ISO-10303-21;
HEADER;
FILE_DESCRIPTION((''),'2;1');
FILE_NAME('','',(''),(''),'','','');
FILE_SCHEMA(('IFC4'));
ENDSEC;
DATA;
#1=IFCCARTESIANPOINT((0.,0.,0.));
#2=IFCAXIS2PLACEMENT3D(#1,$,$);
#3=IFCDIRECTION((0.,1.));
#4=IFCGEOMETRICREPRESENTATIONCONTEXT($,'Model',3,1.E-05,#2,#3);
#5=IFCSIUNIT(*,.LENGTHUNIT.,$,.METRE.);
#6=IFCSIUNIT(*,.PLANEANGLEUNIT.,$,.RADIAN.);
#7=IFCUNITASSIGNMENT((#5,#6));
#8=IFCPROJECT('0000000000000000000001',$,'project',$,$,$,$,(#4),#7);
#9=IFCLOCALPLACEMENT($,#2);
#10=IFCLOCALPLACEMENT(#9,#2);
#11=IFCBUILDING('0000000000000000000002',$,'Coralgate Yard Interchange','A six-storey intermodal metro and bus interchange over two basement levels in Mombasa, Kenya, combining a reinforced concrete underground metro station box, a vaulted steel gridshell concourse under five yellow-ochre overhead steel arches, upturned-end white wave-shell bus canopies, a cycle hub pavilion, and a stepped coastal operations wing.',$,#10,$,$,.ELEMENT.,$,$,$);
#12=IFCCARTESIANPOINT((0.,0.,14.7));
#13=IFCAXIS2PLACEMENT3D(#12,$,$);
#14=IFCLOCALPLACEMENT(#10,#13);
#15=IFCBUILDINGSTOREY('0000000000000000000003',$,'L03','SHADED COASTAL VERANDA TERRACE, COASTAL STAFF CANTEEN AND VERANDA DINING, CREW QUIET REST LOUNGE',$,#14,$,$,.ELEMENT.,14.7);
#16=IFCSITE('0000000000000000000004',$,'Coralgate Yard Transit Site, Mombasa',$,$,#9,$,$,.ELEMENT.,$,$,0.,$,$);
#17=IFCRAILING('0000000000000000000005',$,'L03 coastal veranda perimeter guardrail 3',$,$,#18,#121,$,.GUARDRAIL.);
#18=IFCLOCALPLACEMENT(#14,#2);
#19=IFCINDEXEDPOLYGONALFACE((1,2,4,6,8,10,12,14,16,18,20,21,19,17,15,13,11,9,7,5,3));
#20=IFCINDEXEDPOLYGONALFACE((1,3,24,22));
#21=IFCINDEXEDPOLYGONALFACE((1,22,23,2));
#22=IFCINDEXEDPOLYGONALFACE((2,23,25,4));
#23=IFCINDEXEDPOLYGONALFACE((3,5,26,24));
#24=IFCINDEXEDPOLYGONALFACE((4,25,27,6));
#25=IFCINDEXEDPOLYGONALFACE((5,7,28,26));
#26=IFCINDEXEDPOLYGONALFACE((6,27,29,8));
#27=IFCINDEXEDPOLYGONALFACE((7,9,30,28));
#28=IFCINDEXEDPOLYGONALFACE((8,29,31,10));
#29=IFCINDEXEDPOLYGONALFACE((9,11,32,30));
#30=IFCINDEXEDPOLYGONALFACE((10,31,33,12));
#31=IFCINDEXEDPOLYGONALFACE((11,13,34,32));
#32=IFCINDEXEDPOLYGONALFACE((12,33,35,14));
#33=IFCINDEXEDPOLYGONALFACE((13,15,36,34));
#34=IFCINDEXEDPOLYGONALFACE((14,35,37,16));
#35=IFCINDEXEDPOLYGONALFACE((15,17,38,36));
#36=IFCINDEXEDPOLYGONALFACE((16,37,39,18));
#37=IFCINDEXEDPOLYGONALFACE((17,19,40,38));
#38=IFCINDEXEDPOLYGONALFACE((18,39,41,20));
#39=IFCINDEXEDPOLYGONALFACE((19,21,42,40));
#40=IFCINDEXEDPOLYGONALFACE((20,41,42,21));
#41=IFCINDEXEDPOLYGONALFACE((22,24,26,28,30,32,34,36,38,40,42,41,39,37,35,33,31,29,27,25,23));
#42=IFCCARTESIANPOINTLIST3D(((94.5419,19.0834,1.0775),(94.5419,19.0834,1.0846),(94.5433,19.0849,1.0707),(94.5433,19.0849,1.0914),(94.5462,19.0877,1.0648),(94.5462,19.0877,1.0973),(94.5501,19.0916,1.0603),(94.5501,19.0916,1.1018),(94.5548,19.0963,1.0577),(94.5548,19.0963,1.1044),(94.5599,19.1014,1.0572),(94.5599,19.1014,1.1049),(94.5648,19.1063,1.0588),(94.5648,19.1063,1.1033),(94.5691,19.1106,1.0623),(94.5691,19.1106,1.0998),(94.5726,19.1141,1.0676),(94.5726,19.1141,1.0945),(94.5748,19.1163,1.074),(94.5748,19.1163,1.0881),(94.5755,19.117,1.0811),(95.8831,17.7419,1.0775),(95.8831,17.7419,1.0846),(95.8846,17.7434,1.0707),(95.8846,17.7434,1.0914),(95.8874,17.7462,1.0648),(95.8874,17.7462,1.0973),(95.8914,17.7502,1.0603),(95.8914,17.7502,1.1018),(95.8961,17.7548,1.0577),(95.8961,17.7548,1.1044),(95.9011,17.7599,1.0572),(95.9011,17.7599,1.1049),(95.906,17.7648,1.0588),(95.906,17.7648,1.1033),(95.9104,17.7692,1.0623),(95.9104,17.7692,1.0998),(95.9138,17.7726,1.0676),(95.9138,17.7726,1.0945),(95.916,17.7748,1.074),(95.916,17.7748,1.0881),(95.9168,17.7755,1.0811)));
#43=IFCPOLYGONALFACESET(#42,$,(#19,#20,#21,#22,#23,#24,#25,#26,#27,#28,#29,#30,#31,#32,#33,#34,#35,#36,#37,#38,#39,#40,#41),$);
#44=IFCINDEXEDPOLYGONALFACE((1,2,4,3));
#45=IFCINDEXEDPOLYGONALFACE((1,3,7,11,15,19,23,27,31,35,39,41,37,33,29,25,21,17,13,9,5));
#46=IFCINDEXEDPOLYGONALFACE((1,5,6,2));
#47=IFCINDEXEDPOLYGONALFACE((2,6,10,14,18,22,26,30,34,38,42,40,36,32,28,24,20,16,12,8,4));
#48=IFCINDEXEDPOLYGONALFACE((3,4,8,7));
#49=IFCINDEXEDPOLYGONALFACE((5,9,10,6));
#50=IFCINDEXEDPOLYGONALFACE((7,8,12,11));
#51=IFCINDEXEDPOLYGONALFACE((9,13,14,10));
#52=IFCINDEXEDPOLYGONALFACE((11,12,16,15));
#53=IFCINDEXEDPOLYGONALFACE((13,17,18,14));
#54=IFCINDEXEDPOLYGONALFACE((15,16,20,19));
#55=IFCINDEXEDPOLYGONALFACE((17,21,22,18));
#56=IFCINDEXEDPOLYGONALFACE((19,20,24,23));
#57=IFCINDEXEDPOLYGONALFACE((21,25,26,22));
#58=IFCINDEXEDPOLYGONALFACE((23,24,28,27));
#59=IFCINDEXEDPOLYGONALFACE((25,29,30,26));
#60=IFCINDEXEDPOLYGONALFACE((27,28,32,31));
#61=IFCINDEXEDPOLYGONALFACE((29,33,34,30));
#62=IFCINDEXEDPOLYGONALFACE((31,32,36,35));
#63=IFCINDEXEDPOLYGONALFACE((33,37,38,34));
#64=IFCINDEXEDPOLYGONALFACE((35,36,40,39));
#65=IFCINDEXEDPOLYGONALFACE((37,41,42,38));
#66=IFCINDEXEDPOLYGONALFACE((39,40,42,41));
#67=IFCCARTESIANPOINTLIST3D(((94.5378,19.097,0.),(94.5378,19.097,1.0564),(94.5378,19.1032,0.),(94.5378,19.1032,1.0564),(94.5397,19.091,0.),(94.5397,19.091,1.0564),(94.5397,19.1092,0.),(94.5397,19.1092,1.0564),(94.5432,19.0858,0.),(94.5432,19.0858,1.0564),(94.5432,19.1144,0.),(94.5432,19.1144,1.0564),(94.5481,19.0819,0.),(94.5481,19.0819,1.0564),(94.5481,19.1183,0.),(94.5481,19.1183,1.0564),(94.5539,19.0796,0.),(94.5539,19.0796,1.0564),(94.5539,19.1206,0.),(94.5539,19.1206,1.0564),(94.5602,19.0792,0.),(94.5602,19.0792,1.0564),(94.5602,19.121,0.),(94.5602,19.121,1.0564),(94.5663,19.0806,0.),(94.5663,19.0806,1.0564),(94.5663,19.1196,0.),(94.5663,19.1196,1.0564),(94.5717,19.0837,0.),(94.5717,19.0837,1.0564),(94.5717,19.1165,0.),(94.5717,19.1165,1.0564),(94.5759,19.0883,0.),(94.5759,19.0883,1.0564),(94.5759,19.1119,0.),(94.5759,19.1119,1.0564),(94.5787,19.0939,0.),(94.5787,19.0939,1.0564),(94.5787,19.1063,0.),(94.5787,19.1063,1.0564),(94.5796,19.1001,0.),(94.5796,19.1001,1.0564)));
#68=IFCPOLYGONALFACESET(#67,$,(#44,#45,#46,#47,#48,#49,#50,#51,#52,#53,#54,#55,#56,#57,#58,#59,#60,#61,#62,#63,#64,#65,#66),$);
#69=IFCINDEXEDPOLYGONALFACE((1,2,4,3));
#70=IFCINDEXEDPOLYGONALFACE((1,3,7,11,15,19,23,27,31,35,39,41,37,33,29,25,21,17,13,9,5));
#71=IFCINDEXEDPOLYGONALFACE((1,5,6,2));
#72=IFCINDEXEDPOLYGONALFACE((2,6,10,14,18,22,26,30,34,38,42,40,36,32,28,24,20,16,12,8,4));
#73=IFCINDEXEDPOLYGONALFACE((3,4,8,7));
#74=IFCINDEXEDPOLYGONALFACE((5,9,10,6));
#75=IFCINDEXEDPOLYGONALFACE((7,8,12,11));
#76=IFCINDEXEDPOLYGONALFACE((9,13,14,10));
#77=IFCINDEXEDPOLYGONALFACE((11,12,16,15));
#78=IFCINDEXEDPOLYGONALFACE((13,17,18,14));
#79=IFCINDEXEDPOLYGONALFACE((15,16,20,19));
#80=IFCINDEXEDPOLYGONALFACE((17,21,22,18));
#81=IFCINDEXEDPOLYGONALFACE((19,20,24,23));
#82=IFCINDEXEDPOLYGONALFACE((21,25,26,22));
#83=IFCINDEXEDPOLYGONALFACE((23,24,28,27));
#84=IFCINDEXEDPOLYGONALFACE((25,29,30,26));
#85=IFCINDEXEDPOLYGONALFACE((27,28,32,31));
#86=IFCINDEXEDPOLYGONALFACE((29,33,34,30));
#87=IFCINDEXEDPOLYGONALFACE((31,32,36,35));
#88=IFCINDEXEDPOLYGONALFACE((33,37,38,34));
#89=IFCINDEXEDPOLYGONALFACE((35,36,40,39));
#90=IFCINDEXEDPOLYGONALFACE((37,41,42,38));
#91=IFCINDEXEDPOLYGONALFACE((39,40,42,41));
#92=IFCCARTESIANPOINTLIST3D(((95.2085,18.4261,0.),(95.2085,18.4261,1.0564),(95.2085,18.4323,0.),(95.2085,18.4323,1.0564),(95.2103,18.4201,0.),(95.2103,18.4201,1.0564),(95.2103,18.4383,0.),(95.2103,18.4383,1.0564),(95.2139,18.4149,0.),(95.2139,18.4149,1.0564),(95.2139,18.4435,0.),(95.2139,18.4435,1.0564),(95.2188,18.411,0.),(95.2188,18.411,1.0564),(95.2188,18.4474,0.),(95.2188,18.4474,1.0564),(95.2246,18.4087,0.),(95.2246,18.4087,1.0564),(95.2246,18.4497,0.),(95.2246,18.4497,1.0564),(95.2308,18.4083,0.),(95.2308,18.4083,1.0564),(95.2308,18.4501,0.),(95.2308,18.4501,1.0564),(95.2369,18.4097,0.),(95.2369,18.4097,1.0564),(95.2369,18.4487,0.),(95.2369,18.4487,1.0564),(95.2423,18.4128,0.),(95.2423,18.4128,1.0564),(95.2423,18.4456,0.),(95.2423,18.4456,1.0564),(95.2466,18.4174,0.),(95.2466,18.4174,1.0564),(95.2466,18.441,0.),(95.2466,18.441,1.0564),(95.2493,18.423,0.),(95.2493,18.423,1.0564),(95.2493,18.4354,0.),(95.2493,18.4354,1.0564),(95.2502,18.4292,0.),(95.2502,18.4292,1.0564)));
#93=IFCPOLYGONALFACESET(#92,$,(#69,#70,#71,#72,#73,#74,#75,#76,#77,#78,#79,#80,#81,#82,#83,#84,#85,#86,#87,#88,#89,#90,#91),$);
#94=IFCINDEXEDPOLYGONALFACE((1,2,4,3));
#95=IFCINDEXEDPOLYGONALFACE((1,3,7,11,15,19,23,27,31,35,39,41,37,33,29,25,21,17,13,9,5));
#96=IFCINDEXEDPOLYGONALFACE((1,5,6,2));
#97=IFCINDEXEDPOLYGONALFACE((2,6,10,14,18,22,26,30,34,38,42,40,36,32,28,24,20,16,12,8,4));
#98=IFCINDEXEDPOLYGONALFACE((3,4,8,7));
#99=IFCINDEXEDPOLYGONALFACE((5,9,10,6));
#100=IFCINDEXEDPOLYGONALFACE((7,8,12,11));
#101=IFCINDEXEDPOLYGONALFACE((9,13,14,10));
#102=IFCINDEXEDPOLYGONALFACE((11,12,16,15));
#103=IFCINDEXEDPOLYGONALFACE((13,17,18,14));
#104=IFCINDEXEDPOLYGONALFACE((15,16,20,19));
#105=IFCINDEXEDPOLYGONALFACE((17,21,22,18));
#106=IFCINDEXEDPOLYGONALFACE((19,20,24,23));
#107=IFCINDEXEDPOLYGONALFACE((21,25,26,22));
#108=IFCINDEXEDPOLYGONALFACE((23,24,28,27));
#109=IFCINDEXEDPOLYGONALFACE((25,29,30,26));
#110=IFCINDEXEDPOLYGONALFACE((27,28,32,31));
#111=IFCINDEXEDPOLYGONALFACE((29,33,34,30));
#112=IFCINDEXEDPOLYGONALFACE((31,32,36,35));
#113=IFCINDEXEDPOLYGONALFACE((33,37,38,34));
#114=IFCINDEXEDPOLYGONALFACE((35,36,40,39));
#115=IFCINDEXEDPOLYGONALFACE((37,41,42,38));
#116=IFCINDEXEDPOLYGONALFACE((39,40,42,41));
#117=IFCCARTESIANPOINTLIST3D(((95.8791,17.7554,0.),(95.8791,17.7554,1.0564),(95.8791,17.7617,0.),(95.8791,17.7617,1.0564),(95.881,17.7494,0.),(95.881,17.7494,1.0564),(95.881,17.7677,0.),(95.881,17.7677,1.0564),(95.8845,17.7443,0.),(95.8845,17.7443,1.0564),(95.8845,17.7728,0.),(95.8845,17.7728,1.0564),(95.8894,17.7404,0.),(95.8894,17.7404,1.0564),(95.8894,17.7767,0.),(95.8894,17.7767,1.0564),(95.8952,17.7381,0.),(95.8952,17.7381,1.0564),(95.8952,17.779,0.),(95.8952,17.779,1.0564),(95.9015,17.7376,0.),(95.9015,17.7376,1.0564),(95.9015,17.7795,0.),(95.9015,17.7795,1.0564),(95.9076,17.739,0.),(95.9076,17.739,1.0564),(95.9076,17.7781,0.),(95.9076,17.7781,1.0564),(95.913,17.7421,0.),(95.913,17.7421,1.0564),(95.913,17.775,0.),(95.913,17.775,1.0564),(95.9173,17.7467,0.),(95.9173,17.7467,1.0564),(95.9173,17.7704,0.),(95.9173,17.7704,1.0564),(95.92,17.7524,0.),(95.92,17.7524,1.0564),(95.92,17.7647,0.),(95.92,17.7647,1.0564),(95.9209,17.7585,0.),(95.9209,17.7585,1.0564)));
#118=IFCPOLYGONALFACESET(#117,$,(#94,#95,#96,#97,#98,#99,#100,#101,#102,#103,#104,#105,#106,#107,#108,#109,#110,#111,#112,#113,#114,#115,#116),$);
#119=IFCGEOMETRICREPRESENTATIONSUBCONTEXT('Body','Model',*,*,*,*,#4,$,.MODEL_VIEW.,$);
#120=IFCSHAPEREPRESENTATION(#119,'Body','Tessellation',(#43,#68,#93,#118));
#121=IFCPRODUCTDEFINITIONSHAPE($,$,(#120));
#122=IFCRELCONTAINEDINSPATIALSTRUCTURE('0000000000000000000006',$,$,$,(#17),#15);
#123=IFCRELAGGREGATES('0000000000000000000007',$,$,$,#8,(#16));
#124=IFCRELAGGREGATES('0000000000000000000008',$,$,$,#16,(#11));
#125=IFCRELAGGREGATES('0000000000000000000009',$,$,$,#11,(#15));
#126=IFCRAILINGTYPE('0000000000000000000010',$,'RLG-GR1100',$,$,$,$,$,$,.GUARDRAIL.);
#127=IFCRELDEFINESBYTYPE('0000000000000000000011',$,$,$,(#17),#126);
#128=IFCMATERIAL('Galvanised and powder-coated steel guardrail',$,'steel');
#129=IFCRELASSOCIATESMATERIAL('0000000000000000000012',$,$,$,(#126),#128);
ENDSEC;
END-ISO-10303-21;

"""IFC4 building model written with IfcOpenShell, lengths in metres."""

from ifc_helpers import new_model, si_unit, direction, frame, origin, origin_2d, place, context, subcontext, project, spatial, circle, extrude, material, type_object, element, save


model = new_model("IFC4")

# Units and contexts
model_context = context("Model", 3, precision=1e-05, world=origin(), true_north=direction((0.0, 1.0)))
body_context = subcontext(model_context, "Body", "Model", "MODEL_VIEW")
ifc_project = project(units=[si_unit("LENGTHUNIT", "METRE"), si_unit("PLANEANGLEUNIT", "RADIAN")], contexts=[model_context])

# Site, building, storey
site_placement = place(None, origin())
site = spatial("IfcSite", under=ifc_project, at=site_placement, Name="Coralgate Yard Transit Site, Mombasa", CompositionType="ELEMENT", RefElevation=0.0)
building_placement = place(site_placement, origin())
building = spatial("IfcBuilding", under=site, at=building_placement, Name="Coralgate Yard Interchange", Description="A six-storey intermodal metro and bus interchange over two basement levels in Mombasa, Kenya, combining a reinforced concrete underground metro station box, a vaulted steel gridshell concourse under five yellow-ochre overhead steel arches, upturned-end white wave-shell bus canopies, a cycle hub pavilion, and a stepped coastal operations wing.", CompositionType="ELEMENT")
storey_placement = place(building_placement, frame((0.0, 0.0, 14.7)))
storey = spatial("IfcBuildingStorey", under=building, at=storey_placement, Name="L03", Description="SHADED COASTAL VERANDA TERRACE, COASTAL STAFF CANTEEN AND VERANDA DINING, CREW QUIET REST LOUNGE", CompositionType="ELEMENT", Elevation=14.7)

# Railing
ifc_material_1 = material(Name="Galvanised and powder-coated steel guardrail", Category="steel")
railing_type = type_object("IfcRailingType", Name="RLG-GR1100", PredefinedType="GUARDRAIL", material=ifc_material_1)
railing_1_placement = place(storey_placement, frame((94.5586, 19.1001, 0.0)))
element("IfcRailing", 1, at=railing_1_placement, inside=storey, type_object=railing_type, Name="L03 coastal veranda perimeter guardrail 3", PredefinedType="GUARDRAIL", context=body_context, shape_type="SweptSolid", body=[
    extrude(circle(Radius=0.0239, at=origin_2d()), frame((0.0, 0.0, 1.0811), z_axis=(0.707042, -0.707171, 0.0), x_axis=(0.707171, 0.707042, 0.0)), (0.0, 0.0, 1.0), 1.897),
    extrude(circle(Radius=0.021, at=origin_2d()), origin(), (0.0, 0.0, 1.0), 1.0564),
    extrude(circle(Radius=0.021, at=origin_2d()), frame((0.6707, -0.6709, 0.0)), (0.0, 0.0, 1.0), 1.0564),
    extrude(circle(Radius=0.021, at=origin_2d()), frame((1.3413, -1.3416, 0.0)), (0.0, 0.0, 1.0), 1.0564),
])

save(model, "model.ifc")
